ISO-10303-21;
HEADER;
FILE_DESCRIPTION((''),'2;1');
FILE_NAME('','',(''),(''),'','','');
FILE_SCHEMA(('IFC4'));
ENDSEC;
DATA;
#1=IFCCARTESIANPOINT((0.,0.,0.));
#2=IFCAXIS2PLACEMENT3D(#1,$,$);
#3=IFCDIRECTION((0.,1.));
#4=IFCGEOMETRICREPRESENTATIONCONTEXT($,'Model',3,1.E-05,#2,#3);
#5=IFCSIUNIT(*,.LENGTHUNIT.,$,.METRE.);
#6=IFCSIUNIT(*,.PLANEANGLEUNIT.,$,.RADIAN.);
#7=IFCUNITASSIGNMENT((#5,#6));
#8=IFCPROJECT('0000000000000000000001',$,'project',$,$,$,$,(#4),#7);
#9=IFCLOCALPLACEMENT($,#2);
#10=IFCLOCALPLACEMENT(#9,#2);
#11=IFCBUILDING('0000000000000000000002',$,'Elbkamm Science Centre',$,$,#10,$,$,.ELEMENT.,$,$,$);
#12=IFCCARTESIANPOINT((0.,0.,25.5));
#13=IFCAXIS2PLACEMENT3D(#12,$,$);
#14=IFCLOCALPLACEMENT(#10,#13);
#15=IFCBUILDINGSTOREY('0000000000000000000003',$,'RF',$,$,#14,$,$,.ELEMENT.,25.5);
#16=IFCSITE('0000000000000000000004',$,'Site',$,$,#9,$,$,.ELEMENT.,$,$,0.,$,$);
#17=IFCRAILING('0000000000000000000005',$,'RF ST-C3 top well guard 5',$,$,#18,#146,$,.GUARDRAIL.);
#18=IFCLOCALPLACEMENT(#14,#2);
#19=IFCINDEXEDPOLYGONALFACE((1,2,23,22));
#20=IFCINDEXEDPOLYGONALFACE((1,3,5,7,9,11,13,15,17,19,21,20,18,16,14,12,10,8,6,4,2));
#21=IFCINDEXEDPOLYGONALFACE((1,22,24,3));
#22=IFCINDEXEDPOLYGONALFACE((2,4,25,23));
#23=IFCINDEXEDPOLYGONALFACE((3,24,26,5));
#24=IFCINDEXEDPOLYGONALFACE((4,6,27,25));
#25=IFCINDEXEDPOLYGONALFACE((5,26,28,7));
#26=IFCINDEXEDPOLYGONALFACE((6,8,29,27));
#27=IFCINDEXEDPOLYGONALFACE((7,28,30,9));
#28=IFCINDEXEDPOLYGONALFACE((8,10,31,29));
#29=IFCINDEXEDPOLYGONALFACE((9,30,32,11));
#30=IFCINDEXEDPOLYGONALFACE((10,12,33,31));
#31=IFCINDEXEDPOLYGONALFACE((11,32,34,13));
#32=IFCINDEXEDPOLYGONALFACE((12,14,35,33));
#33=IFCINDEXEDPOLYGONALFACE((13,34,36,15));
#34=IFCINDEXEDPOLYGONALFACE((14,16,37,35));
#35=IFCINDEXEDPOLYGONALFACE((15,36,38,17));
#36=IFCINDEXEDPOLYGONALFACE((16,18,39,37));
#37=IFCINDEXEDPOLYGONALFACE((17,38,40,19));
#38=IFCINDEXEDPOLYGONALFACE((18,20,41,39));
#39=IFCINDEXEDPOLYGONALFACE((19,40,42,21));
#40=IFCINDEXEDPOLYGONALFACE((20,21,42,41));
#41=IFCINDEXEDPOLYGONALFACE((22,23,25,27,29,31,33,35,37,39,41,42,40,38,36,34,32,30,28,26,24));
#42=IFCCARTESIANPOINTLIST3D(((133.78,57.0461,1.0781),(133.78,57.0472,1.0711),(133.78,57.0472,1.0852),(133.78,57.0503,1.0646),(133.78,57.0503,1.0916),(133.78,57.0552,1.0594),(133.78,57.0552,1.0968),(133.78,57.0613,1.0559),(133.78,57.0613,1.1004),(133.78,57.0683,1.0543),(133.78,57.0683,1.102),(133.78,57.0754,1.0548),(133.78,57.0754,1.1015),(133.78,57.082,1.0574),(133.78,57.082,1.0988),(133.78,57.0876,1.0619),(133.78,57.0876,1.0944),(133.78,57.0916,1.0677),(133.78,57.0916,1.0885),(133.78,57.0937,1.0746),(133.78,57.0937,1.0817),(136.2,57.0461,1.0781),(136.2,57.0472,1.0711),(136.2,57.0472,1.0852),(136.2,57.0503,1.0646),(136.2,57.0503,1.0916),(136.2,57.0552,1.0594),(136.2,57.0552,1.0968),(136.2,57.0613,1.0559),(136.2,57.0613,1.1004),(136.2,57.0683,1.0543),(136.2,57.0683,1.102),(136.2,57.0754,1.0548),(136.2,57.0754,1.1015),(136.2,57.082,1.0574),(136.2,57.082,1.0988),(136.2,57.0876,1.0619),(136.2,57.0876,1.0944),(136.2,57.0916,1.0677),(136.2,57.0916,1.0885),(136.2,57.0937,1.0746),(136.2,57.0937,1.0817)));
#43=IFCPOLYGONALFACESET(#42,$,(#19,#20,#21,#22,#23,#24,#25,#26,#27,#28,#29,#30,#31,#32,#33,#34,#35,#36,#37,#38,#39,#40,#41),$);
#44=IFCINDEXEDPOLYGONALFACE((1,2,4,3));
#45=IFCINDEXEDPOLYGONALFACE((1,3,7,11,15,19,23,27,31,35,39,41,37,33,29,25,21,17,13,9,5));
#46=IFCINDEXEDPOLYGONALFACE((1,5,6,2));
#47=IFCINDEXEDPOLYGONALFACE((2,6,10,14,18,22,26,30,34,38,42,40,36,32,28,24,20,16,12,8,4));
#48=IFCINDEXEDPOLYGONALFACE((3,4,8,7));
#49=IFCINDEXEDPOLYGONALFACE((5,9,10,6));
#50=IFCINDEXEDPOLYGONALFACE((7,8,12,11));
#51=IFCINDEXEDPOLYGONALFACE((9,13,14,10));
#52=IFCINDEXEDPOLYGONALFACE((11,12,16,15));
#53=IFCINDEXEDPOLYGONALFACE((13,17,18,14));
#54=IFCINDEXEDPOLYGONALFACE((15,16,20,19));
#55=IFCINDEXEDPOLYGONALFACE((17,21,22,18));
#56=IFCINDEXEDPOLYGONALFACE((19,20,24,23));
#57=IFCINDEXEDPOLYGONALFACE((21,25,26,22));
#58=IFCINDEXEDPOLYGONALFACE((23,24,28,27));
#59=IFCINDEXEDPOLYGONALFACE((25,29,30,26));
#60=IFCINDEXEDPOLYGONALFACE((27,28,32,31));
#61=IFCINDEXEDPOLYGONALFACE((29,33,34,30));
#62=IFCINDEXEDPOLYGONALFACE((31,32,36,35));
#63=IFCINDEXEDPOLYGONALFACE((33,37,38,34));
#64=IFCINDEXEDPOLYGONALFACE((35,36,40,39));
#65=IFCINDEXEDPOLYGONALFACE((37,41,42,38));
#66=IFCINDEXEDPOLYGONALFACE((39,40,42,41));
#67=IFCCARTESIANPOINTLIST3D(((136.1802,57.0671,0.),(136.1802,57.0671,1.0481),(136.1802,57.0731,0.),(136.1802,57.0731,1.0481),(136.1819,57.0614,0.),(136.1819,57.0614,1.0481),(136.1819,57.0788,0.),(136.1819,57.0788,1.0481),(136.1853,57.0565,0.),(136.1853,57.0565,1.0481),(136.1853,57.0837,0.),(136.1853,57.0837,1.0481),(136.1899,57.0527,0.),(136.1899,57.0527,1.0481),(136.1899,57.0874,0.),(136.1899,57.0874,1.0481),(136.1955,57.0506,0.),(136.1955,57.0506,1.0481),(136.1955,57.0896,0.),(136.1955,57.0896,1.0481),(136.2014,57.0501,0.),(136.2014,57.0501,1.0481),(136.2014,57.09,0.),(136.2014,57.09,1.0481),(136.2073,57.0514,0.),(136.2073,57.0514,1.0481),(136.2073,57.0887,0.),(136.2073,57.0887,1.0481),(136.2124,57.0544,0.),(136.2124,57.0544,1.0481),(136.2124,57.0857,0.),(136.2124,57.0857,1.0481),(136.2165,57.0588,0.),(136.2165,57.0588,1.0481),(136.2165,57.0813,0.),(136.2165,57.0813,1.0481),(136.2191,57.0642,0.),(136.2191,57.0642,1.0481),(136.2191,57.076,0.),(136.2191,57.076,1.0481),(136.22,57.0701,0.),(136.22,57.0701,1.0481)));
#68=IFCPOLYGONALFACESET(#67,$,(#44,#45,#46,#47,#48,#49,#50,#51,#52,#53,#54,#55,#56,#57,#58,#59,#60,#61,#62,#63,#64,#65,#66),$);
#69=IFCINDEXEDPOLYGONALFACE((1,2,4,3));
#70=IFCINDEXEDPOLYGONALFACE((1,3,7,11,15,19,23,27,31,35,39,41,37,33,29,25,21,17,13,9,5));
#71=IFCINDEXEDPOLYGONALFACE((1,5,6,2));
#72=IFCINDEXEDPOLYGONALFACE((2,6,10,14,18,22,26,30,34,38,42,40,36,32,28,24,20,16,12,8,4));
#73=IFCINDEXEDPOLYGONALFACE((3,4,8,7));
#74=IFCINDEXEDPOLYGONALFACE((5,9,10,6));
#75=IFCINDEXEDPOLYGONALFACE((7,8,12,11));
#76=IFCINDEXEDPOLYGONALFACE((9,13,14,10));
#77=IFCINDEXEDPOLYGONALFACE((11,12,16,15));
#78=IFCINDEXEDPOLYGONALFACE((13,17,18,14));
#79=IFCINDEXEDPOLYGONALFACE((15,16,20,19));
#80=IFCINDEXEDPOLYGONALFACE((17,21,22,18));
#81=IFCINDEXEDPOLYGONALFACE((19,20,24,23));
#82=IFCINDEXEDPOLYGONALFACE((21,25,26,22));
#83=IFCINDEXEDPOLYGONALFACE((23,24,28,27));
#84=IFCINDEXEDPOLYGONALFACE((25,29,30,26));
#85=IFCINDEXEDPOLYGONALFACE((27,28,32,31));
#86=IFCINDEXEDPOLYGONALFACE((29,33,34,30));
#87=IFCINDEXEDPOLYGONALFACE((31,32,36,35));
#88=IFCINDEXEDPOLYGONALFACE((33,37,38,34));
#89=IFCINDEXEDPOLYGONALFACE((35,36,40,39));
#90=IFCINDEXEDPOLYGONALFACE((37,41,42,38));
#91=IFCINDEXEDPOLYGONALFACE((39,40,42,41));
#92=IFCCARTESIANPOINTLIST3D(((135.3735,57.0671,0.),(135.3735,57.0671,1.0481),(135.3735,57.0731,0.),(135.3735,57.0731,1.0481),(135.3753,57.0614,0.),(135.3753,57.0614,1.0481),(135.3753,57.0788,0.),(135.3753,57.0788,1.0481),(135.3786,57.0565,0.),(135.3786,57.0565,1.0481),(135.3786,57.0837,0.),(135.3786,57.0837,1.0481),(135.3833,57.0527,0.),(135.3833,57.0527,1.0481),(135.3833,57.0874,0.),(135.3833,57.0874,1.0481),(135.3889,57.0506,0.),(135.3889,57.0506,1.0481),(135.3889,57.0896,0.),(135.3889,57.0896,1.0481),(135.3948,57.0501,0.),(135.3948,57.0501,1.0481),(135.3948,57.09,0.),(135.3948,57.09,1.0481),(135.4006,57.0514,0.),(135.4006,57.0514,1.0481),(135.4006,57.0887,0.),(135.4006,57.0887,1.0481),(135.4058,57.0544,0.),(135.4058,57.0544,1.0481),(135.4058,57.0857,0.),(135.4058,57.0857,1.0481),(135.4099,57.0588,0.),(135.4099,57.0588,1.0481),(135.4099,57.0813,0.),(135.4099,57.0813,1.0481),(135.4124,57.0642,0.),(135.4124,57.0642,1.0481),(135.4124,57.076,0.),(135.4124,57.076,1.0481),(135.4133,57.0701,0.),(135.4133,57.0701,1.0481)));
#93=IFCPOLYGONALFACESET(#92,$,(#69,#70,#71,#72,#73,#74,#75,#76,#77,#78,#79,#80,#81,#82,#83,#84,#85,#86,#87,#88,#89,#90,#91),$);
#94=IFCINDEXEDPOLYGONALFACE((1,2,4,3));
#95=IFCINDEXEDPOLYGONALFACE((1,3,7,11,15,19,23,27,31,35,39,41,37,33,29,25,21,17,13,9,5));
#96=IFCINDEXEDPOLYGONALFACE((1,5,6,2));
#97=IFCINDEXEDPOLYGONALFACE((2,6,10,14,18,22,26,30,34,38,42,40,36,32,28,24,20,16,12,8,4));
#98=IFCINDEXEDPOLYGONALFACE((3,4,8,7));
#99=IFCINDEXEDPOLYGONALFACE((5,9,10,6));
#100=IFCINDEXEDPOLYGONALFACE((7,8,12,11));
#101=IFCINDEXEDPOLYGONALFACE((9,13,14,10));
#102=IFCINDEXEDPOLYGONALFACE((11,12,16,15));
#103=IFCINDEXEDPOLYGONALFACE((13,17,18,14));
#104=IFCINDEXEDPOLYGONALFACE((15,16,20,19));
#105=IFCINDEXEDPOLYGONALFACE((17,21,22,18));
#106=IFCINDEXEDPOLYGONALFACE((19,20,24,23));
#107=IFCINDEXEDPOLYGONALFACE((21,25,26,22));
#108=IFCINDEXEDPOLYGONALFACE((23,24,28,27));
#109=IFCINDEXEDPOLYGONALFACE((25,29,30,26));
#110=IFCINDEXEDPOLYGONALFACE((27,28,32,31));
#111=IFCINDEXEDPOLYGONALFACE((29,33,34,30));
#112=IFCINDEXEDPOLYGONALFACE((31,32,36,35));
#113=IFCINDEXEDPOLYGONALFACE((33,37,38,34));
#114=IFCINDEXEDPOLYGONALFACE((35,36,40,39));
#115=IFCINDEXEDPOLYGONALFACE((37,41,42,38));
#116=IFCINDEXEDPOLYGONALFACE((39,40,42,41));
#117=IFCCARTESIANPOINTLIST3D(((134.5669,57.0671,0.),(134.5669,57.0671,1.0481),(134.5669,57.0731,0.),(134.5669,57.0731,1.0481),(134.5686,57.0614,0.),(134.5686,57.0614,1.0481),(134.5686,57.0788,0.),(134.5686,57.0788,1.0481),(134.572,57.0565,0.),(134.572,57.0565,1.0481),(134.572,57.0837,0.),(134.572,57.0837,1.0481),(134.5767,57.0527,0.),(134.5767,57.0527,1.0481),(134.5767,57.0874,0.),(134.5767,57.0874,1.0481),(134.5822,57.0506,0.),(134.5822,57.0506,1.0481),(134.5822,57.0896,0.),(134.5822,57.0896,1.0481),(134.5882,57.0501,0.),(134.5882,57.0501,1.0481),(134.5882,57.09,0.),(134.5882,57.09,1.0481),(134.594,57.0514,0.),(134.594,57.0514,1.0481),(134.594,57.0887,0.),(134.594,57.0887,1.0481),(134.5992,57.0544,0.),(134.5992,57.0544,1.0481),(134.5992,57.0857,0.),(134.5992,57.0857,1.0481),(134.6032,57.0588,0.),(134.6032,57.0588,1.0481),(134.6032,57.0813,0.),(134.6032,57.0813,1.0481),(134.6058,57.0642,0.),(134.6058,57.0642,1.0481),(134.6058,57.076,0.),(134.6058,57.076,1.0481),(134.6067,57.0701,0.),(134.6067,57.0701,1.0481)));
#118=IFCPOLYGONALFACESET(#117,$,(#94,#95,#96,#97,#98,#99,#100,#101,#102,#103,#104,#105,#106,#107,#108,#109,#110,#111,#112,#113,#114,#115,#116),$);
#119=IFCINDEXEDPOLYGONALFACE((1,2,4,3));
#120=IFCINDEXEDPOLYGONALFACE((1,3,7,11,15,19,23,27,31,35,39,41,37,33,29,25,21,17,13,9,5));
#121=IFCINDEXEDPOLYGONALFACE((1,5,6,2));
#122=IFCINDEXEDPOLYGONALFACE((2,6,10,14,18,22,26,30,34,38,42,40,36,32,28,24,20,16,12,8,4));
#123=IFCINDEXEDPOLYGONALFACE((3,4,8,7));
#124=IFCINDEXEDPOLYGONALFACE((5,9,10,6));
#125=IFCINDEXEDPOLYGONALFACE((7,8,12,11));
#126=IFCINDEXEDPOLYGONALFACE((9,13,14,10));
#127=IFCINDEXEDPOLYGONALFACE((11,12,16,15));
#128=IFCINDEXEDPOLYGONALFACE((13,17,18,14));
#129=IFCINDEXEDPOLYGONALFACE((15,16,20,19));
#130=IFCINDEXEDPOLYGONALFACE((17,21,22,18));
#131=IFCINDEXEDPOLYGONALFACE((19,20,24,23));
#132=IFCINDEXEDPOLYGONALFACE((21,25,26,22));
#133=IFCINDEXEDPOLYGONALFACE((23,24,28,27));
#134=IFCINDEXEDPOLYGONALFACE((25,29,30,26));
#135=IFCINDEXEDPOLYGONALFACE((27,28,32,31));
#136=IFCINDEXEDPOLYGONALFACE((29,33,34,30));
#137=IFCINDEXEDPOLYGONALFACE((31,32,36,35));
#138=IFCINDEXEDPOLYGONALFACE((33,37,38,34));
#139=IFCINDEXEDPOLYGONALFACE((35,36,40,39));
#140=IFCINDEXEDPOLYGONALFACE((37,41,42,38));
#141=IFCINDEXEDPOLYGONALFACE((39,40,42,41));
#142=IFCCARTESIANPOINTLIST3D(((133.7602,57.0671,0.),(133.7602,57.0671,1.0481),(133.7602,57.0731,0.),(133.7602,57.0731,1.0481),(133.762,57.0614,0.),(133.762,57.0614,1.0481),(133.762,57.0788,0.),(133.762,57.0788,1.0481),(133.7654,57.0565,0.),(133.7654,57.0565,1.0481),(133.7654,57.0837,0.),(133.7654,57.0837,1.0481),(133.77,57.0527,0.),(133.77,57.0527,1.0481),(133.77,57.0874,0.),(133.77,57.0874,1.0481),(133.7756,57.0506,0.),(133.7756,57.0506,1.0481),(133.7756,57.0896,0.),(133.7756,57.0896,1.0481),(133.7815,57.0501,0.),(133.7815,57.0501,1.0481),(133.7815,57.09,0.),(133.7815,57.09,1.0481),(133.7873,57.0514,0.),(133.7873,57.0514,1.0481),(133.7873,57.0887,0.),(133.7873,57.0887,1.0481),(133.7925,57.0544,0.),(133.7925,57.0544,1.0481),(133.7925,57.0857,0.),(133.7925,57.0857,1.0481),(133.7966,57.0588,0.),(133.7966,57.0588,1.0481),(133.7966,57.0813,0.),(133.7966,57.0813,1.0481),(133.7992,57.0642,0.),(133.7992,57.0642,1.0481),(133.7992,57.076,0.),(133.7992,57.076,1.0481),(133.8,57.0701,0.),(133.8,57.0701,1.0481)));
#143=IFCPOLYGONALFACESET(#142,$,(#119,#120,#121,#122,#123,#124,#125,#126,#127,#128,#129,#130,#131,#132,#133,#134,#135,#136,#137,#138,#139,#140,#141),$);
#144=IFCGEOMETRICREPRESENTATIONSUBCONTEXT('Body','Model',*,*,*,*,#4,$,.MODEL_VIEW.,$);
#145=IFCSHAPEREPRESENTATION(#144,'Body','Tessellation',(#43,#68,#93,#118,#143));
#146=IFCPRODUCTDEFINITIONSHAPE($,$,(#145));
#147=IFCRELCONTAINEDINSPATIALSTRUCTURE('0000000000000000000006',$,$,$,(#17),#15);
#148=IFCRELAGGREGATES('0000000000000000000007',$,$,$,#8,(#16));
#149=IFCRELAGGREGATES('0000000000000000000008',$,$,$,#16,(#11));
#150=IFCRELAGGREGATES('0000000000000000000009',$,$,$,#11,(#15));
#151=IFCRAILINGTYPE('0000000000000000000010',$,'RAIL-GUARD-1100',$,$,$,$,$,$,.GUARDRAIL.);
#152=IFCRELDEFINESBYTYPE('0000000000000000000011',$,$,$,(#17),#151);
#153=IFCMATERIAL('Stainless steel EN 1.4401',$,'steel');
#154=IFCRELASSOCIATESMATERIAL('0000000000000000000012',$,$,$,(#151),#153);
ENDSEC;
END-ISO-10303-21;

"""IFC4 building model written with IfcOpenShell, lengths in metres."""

from ifc_helpers import new_model, si_unit, direction, frame, origin, origin_2d, place, context, subcontext, project, spatial, circle, extrude, material, type_object, element, save


model = new_model("IFC4")

# Units and contexts
model_context = context("Model", 3, precision=1e-05, world=origin(), true_north=direction((0.0, 1.0)))
body_context = subcontext(model_context, "Body", "Model", "MODEL_VIEW")
ifc_project = project(units=[si_unit("LENGTHUNIT", "METRE"), si_unit("PLANEANGLEUNIT", "RADIAN")], contexts=[model_context])

# Site, building, storey
site_placement = place(None, origin())
site = spatial("IfcSite", under=ifc_project, at=site_placement, Name="Site", CompositionType="ELEMENT", RefElevation=0.0)
building_placement = place(site_placement, origin())
building = spatial("IfcBuilding", under=site, at=building_placement, Name="Elbkamm Science Centre", CompositionType="ELEMENT")
storey_placement = place(building_placement, frame((0.0, 0.0, 25.5)))
storey = spatial("IfcBuildingStorey", under=building, at=storey_placement, Name="RF", CompositionType="ELEMENT", Elevation=25.5)

# Railing
ifc_material_1 = material(Name="Stainless steel EN 1.4401", Category="steel")
railing_type = type_object("IfcRailingType", Name="RAIL-GUARD-1100", PredefinedType="GUARDRAIL", material=ifc_material_1)
for number, where, name in (
    (1, (136.2, 57.0701, 0.0), "RF ST-C3 top well guard 5"),
):
    element("IfcRailing", number, at=place(storey_placement, frame(where)), inside=storey, type_object=railing_type, Name=name, PredefinedType="GUARDRAIL", context=body_context, shape_type="SweptSolid", body=[
        extrude(circle(Radius=0.0239, at=origin_2d()), frame((0.0, 0.0, 1.0781), z_axis=(-1.0, 0.0, 0.0), x_axis=(0.0, -1.0, 0.0)), (0.0, 0.0, 1.0), 2.4199),
        extrude(circle(Radius=0.02, at=origin_2d()), origin(), (0.0, 0.0, 1.0), 1.0481),
        extrude(circle(Radius=0.02, at=origin_2d()), frame((-0.8066, 0.0, 0.0)), (0.0, 0.0, 1.0), 1.0481),
        extrude(circle(Radius=0.02, at=origin_2d()), frame((-1.6133, 0.0, 0.0)), (0.0, 0.0, 1.0), 1.0481),
        extrude(circle(Radius=0.02, at=origin_2d()), frame((-2.4199, 0.0, 0.0)), (0.0, 0.0, 1.0), 1.0481),
    ])

save(model, "model.ifc")
